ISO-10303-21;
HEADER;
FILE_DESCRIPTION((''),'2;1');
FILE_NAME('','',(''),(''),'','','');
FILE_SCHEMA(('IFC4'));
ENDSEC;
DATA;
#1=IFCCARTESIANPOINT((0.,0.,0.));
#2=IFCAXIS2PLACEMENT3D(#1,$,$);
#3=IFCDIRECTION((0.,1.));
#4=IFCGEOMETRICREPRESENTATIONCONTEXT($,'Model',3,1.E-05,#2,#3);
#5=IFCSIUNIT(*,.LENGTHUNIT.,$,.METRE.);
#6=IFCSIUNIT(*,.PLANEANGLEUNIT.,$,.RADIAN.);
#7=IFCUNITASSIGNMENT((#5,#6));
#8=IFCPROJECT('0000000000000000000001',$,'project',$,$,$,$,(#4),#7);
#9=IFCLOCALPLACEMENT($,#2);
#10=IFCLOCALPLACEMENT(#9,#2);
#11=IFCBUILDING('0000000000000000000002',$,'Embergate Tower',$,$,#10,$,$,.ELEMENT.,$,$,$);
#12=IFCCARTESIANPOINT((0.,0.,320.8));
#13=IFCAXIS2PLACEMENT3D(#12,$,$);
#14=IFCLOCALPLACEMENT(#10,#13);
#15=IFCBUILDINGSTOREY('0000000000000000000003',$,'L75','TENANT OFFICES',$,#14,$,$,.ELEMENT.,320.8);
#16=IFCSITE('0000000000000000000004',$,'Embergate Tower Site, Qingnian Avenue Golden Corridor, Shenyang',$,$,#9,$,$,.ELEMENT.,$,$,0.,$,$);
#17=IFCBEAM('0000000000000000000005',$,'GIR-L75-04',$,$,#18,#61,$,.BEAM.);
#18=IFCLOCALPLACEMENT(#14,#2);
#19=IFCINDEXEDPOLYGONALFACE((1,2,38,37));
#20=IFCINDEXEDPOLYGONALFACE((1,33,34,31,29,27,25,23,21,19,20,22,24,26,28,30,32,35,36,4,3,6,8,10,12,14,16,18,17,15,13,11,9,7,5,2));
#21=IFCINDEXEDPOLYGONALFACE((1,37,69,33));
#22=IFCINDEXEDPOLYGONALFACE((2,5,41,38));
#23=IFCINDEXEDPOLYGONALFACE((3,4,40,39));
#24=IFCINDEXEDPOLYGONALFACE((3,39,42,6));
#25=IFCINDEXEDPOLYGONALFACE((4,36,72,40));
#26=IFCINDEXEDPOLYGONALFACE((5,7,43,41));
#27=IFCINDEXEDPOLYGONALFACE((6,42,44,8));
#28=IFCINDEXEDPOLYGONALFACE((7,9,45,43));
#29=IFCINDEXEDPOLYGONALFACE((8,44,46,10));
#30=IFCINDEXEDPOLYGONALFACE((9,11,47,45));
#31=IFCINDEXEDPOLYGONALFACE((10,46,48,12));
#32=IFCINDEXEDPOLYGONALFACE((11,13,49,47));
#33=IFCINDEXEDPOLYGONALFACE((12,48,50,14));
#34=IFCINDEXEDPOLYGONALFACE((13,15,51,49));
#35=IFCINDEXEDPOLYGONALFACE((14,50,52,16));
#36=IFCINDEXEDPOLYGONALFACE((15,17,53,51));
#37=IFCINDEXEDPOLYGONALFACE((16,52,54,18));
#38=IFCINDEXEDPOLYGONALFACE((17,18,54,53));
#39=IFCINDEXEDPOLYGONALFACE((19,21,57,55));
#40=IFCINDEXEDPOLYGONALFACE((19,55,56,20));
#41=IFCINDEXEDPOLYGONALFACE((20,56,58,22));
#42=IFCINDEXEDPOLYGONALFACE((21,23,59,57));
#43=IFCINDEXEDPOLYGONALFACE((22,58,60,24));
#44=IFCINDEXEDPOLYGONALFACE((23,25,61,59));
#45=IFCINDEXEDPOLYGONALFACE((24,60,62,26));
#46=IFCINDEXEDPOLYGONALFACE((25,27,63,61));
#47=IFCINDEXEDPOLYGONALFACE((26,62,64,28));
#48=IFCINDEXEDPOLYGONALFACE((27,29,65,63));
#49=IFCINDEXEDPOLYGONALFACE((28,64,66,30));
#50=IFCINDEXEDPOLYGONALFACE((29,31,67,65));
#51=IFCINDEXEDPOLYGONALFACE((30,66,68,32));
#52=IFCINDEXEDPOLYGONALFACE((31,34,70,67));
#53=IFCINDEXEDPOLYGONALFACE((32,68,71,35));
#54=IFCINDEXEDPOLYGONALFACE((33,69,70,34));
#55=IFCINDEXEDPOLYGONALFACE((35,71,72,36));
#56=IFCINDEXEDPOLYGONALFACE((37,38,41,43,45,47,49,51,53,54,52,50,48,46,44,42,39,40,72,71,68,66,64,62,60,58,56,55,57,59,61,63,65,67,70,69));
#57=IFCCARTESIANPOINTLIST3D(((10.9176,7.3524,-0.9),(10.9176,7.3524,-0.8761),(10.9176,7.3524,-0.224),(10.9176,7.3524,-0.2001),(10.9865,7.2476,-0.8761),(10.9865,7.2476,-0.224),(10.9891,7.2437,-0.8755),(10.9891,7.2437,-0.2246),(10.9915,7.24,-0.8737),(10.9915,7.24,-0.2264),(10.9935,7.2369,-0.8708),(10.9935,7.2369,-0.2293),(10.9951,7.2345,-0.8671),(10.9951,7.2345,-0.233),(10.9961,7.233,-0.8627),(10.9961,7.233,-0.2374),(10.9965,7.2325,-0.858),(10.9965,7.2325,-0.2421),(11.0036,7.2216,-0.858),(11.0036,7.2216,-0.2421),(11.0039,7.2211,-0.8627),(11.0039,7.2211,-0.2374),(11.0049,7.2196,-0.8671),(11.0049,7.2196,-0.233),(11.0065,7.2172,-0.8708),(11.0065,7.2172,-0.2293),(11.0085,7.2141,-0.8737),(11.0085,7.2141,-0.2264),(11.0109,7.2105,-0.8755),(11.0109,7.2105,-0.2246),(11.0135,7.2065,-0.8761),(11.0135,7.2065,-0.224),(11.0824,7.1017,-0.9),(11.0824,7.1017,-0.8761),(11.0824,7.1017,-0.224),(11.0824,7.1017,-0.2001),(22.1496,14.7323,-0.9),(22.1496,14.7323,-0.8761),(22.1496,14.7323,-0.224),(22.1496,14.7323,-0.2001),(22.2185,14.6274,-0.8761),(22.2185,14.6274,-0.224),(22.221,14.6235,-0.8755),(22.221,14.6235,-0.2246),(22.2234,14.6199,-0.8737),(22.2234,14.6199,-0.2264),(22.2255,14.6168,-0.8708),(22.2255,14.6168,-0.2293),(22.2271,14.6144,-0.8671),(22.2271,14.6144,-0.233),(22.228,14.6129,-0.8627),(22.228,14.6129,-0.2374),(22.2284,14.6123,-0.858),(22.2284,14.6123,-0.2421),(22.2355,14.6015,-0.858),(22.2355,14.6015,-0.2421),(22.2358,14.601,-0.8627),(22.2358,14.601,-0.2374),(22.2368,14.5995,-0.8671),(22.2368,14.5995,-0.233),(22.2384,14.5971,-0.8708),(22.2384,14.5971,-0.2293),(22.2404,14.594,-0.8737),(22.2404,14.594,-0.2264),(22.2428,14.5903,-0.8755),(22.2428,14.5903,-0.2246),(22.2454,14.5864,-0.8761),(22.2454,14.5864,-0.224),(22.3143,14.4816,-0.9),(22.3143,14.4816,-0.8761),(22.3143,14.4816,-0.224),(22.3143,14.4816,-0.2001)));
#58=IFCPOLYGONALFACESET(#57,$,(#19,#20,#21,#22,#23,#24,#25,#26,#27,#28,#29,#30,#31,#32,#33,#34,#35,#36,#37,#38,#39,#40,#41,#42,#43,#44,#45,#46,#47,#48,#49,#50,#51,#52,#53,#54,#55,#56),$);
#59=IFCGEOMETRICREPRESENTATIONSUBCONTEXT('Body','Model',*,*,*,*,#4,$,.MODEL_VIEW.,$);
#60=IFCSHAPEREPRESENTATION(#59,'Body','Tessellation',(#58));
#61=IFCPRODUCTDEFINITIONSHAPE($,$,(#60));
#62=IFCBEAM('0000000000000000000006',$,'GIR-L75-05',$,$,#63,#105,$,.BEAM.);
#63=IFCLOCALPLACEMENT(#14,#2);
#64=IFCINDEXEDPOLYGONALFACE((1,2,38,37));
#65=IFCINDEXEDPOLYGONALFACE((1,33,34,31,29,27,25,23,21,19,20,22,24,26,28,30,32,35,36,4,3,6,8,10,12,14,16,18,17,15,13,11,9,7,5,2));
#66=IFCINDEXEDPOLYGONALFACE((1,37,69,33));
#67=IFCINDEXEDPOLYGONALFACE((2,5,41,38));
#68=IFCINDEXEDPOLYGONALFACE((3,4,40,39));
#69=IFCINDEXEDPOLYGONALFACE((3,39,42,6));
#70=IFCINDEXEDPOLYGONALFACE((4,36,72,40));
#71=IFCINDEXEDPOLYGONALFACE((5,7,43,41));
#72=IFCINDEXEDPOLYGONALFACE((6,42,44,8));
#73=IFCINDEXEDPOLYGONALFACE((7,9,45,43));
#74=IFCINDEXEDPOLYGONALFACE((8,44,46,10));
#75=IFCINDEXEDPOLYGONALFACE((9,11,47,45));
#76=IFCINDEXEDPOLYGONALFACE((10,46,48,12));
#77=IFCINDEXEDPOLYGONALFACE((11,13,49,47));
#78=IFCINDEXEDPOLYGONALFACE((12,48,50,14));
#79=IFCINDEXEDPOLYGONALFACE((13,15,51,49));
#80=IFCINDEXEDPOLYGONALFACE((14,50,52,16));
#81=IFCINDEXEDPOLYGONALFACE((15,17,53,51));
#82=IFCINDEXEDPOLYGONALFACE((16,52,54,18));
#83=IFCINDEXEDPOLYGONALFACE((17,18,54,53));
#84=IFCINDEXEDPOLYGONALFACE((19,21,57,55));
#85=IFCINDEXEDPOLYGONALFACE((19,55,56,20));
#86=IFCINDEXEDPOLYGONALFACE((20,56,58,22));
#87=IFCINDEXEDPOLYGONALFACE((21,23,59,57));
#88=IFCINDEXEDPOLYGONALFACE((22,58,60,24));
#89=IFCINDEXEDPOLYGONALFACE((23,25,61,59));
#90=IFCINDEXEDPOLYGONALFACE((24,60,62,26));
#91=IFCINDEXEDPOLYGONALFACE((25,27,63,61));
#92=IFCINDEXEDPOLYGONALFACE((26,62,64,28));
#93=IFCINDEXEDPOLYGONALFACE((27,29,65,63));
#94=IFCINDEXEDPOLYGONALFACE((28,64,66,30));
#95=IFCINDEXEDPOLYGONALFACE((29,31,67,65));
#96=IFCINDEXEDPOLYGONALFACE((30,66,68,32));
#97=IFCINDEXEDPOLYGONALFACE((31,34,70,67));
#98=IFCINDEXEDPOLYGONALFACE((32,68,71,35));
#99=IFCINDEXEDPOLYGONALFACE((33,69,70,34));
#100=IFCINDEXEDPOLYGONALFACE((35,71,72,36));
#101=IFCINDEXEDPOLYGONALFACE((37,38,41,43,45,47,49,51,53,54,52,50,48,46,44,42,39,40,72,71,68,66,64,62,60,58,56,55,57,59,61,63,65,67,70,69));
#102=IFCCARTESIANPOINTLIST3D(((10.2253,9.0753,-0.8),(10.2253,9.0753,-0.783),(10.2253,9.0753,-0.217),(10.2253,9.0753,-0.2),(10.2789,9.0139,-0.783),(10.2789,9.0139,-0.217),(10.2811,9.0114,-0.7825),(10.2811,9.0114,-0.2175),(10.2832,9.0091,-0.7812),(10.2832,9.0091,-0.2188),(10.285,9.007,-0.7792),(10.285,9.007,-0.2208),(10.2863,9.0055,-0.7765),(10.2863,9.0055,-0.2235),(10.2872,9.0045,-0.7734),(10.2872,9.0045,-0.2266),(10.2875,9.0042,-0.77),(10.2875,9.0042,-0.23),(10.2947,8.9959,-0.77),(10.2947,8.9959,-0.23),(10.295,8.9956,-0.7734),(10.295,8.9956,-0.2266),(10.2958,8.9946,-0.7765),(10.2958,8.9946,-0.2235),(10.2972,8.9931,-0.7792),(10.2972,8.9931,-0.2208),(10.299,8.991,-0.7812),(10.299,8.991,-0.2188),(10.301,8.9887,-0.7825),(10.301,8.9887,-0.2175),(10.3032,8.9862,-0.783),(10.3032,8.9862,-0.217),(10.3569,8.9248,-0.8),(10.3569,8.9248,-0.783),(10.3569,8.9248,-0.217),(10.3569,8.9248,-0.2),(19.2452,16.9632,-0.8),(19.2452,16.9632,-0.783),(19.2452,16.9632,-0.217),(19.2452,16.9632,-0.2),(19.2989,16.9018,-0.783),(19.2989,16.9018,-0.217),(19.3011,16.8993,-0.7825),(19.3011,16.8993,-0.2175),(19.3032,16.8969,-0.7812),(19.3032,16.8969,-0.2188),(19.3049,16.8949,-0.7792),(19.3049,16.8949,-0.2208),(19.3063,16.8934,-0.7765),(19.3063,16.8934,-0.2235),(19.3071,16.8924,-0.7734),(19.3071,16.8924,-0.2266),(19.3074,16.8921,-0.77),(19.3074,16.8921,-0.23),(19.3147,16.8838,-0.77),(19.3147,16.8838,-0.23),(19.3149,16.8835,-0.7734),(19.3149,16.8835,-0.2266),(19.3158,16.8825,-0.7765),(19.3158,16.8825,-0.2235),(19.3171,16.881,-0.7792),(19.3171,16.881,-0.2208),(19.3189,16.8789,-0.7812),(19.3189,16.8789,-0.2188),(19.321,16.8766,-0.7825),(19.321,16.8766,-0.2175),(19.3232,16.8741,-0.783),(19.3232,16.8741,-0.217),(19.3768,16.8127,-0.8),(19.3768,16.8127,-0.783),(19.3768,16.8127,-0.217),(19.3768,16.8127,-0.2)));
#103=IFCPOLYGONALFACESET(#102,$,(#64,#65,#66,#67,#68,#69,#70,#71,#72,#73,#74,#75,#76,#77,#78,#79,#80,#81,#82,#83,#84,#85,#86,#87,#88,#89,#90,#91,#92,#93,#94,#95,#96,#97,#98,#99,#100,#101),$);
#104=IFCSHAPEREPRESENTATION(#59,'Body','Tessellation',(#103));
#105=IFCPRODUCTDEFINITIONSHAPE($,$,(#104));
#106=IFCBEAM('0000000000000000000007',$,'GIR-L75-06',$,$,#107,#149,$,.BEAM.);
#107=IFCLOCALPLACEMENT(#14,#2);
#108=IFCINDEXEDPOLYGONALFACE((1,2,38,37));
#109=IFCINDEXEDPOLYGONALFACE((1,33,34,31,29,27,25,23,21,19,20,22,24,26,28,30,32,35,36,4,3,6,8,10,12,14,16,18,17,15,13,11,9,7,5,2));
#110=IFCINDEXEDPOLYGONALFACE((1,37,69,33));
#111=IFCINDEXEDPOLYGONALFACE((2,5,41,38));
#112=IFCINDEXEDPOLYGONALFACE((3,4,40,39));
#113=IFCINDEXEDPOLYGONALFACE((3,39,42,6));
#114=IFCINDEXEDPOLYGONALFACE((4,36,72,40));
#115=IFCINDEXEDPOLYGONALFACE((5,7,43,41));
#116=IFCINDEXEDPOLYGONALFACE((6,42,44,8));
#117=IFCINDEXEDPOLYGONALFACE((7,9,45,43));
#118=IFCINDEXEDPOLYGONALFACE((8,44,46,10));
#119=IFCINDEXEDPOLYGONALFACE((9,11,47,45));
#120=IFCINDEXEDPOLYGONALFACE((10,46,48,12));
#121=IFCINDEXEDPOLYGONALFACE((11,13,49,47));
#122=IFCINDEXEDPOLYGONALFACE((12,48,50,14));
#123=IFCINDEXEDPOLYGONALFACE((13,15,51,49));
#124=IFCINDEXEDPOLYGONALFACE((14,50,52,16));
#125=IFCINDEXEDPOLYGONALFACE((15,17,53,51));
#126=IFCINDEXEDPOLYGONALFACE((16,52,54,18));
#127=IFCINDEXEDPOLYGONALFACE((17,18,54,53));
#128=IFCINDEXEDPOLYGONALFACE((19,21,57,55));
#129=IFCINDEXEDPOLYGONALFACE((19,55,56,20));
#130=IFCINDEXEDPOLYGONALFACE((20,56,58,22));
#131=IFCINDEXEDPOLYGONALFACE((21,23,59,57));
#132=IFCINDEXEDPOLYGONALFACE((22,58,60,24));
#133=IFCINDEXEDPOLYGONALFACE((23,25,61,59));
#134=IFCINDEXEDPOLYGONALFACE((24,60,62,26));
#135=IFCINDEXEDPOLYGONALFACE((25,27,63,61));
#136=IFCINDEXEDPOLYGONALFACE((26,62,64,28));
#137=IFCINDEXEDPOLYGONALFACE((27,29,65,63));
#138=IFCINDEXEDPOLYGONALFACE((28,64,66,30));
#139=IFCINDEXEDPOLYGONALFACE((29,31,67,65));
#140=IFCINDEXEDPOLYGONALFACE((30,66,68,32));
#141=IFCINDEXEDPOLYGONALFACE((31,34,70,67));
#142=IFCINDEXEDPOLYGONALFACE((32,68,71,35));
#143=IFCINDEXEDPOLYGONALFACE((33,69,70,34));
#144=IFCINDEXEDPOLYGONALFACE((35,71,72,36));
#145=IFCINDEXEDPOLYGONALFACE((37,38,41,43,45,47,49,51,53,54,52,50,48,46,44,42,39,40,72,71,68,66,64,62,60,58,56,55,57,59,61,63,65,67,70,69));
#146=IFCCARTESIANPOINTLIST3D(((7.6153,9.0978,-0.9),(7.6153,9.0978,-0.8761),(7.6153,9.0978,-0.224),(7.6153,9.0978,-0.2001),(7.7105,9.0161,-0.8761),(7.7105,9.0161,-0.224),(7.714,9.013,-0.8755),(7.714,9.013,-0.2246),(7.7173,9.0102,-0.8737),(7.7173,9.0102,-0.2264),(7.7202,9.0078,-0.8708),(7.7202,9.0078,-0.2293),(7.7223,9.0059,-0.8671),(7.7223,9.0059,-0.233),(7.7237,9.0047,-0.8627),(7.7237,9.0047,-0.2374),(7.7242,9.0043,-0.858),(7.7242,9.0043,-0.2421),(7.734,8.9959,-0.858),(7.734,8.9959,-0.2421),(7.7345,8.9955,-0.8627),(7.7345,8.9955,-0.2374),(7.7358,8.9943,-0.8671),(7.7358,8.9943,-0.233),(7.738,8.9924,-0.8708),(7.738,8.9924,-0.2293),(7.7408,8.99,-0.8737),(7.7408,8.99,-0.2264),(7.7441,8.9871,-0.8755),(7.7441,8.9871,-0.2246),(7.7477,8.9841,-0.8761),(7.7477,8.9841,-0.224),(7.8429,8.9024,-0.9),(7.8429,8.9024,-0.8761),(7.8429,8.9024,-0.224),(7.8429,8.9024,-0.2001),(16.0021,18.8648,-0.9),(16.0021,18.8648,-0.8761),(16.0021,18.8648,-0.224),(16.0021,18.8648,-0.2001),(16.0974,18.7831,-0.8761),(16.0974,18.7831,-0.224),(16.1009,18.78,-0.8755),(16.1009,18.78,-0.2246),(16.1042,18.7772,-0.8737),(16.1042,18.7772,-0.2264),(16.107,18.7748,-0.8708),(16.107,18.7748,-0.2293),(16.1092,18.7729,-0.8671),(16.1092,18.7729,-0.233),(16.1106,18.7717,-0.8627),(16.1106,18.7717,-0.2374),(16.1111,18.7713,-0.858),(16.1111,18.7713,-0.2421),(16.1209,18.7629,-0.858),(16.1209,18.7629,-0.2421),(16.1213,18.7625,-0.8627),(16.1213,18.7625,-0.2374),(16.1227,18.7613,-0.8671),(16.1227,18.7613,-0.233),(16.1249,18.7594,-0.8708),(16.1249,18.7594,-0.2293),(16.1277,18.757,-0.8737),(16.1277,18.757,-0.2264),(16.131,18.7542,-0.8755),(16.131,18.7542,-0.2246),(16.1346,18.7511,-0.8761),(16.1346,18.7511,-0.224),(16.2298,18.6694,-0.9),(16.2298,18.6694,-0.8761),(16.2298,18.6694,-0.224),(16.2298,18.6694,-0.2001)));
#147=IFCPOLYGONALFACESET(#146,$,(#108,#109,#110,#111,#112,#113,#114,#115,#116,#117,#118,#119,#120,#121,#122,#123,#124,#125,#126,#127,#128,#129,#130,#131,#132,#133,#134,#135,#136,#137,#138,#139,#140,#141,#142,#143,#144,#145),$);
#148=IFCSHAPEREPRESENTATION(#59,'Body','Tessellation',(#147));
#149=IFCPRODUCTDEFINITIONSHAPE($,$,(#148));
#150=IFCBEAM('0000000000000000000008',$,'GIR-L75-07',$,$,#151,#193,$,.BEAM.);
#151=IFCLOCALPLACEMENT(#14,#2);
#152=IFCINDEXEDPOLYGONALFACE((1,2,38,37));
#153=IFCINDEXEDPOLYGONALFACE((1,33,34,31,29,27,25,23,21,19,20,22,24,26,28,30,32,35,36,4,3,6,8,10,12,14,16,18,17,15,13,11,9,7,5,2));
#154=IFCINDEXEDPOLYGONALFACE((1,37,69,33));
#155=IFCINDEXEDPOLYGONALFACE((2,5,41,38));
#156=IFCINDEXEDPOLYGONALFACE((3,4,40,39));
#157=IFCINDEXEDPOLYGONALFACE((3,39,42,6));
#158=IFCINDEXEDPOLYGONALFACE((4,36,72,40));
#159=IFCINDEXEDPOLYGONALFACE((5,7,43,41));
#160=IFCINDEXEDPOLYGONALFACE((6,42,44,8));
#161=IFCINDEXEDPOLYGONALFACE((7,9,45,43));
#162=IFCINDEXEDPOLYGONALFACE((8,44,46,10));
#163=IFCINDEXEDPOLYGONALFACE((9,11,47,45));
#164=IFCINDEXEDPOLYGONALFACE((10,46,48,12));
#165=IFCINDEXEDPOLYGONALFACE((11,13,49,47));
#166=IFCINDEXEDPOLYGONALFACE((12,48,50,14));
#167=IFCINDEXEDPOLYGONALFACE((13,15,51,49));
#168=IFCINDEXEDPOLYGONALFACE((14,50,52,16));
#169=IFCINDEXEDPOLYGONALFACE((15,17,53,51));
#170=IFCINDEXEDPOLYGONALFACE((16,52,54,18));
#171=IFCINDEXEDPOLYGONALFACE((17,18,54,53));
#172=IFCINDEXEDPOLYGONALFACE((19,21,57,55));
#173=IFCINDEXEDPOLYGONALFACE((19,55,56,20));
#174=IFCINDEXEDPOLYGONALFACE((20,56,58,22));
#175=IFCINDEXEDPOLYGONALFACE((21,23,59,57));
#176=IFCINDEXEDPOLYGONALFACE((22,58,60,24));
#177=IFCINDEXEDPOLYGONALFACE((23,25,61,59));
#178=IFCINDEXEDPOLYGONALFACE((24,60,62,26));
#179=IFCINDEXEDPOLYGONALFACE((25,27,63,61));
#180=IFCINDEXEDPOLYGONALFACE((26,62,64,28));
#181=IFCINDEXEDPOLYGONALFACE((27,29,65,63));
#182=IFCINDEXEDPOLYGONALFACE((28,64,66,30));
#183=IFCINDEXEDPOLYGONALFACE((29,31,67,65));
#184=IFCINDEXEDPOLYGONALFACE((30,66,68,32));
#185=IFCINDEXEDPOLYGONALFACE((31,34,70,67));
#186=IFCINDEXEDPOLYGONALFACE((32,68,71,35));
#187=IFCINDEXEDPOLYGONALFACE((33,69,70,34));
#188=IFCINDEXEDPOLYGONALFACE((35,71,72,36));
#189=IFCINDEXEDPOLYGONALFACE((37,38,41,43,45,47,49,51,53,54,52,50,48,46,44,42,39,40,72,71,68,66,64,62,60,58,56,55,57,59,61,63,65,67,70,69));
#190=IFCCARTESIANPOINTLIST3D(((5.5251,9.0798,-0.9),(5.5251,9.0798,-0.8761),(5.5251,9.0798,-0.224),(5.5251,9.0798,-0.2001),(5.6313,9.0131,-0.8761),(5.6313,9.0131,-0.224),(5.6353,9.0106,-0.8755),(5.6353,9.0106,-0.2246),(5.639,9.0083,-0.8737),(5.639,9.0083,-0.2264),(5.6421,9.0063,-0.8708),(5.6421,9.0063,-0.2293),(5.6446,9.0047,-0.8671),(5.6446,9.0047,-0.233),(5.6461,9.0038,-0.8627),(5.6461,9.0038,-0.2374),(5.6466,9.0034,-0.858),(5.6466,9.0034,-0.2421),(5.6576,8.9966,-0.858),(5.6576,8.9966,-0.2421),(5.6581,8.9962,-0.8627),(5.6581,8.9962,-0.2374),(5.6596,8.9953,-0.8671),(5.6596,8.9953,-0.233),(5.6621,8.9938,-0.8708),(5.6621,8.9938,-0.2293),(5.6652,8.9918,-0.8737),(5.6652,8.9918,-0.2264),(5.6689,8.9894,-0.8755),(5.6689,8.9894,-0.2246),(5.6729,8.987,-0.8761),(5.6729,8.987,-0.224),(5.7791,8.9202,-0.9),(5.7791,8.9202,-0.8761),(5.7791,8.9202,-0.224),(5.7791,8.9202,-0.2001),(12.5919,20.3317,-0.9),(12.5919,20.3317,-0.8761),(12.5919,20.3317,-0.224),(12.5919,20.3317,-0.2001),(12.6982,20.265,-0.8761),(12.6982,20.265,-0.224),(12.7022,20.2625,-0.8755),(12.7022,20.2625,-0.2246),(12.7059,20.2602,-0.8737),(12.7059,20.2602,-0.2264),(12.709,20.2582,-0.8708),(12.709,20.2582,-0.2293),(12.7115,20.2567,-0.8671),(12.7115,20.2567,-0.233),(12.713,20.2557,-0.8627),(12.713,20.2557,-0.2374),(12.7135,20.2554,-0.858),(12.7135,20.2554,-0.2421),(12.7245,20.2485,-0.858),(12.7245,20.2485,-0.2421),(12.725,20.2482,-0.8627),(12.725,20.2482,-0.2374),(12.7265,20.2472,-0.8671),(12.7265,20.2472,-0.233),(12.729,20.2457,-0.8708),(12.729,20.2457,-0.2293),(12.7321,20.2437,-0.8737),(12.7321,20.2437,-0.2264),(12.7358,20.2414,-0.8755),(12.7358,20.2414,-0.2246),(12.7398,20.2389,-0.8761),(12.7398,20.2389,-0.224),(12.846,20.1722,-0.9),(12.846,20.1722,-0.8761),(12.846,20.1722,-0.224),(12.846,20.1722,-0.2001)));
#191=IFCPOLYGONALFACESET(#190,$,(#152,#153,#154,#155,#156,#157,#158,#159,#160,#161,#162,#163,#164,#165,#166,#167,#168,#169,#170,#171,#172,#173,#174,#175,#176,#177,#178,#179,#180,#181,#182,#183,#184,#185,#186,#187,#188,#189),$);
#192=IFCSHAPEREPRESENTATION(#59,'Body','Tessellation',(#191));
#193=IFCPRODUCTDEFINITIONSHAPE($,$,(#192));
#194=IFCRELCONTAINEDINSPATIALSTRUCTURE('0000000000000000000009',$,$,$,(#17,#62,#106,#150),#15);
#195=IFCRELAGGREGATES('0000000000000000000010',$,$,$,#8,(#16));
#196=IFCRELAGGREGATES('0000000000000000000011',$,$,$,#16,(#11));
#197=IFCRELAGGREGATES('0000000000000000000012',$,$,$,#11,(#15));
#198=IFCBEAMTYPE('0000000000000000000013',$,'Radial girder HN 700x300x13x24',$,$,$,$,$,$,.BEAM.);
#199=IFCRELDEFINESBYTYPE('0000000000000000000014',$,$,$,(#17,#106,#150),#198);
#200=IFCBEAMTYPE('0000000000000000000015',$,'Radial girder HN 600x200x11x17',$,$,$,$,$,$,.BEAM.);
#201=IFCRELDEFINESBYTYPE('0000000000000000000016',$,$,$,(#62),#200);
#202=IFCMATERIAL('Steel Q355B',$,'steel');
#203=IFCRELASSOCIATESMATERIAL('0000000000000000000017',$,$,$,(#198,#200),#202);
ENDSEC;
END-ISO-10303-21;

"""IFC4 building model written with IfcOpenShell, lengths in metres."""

from ifc_helpers import new_model, si_unit, direction, frame, origin, origin_2d, place, context, subcontext, project, spatial, i_section, extrude, source, transform, mapped, material, material_profile, profile_set, type_object, element, save


model = new_model("IFC4")

# Units and contexts
model_context = context("Model", 3, precision=1e-05, world=origin(), true_north=direction((0.0, 1.0)))
body_context = subcontext(model_context, "Body", "Model", "MODEL_VIEW")
ifc_project = project(units=[si_unit("LENGTHUNIT", "METRE"), si_unit("PLANEANGLEUNIT", "RADIAN")], contexts=[model_context])

# Site, building, storey
site_placement = place(None, origin())
site = spatial("IfcSite", under=ifc_project, at=site_placement, Name="Embergate Tower Site, Qingnian Avenue Golden Corridor, Shenyang", CompositionType="ELEMENT", RefElevation=0.0)
building_placement = place(site_placement, origin())
building = spatial("IfcBuilding", under=site, at=building_placement, Name="Embergate Tower", CompositionType="ELEMENT")
storey_placement = place(building_placement, frame((0.0, 0.0, 320.8)))
storey = spatial("IfcBuildingStorey", under=building, at=storey_placement, Name="L75", Description="TENANT OFFICES", CompositionType="ELEMENT", Elevation=320.8)

# Beams
ifc_material_1 = material(Name="Steel Q355B", Category="steel")
ifc_material_profile_1 = material_profile(ifc_material_1, i_section(OverallWidth=0.3, OverallDepth=0.7, WebThickness=0.0129, FlangeThickness=0.0239, FilletRadius=0.0181, at=origin_2d()), Name="HN 700x300x13x24")
ifc_profile_set_1 = profile_set([ifc_material_profile_1], Name="Steel Q355 grade B")
beam_type_1 = type_object("IfcBeamType", Name="Radial girder HN 700x300x13x24", PredefinedType="BEAM", material=ifc_profile_set_1)
shared_shape_1 = source(origin(), body_context, "Body", "SweptSolid", [
    extrude(i_section(OverallWidth=0.3, OverallDepth=0.7, WebThickness=0.0129, FlangeThickness=0.0239, FilletRadius=0.0181, at=origin_2d()), origin(), (0.0, 0.0, 1.0), 13.4395),
])
beam_1_placement = place(storey_placement, frame((22.2319, 14.6069, -0.55), z_axis=(-0.835743, -0.549121, 0.0), x_axis=(0.549121, -0.835743, 0.0)))
element("IfcBeam", 1, at=beam_1_placement, inside=storey, type_object=beam_type_1, Name="GIR-L75-04", PredefinedType="BEAM", context=body_context, shape_type="MappedRepresentation", body=[
    mapped(shared_shape_1, transform((0.0, 0.0, 0.0))),
])
ifc_material_profile_2 = material_profile(ifc_material_1, i_section(OverallWidth=0.2, OverallDepth=0.6001, WebThickness=0.011, FlangeThickness=0.0171, FilletRadius=0.0129, at=origin_2d()), Name="HN 600x200x11x17")
ifc_profile_set_2 = profile_set([ifc_material_profile_2], Name="Steel Q355 grade B")
beam_type_2 = type_object("IfcBeamType", Name="Radial girder HN 600x200x11x17", PredefinedType="BEAM", material=ifc_profile_set_2)
shared_shape_2 = source(origin(), body_context, "Body", "SweptSolid", [
    extrude(i_section(OverallWidth=0.2, OverallDepth=0.6001, WebThickness=0.011, FlangeThickness=0.0171, FilletRadius=0.0129, at=origin_2d()), origin(), (0.0, 0.0, 1.0), 11.9824),
])
beam_2_placement = place(storey_placement, frame((19.311, 16.8879, -0.5), z_axis=(-0.752766, -0.658288, 0.0), x_axis=(0.658288, -0.752766, 0.0)))
element("IfcBeam", 2, at=beam_2_placement, inside=storey, type_object=beam_type_2, Name="GIR-L75-05", PredefinedType="BEAM", context=body_context, shape_type="MappedRepresentation", body=[
    mapped(shared_shape_2, transform((0.0, 0.0, 0.0))),
])
shared_shape_3 = source(origin(), body_context, "Body", "SweptSolid", [
    extrude(i_section(OverallWidth=0.3, OverallDepth=0.7, WebThickness=0.0129, FlangeThickness=0.0239, FilletRadius=0.0181, at=origin_2d()), origin(), (0.0, 0.0, 1.0), 12.8738),
])
beam_3_placement = place(storey_placement, frame((16.116, 18.7671, -0.55), z_axis=(-0.65147, -0.758674, 0.0), x_axis=(0.758674, -0.65147, 0.0)))
element("IfcBeam", 3, at=beam_3_placement, inside=storey, type_object=beam_type_1, Name="GIR-L75-06", PredefinedType="BEAM", context=body_context, shape_type="MappedRepresentation", body=[
    mapped(shared_shape_3, transform((0.0, 0.0, 0.0))),
])
shared_shape_4 = source(origin(), body_context, "Body", "SweptSolid", [
    extrude(i_section(OverallWidth=0.3, OverallDepth=0.7, WebThickness=0.0129, FlangeThickness=0.0239, FilletRadius=0.0181, at=origin_2d()), origin(), (0.0, 0.0, 1.0), 13.2871),
])
beam_4_placement = place(storey_placement, frame((12.719, 20.252, -0.55), z_axis=(-0.531861, -0.846832, 0.0), x_axis=(0.846832, -0.531861, 0.0)))
element("IfcBeam", 4, at=beam_4_placement, inside=storey, type_object=beam_type_1, Name="GIR-L75-07", PredefinedType="BEAM", context=body_context, shape_type="MappedRepresentation", body=[
    mapped(shared_shape_4, transform((0.0, 0.0, 0.0))),
])

save(model, "model.ifc")
